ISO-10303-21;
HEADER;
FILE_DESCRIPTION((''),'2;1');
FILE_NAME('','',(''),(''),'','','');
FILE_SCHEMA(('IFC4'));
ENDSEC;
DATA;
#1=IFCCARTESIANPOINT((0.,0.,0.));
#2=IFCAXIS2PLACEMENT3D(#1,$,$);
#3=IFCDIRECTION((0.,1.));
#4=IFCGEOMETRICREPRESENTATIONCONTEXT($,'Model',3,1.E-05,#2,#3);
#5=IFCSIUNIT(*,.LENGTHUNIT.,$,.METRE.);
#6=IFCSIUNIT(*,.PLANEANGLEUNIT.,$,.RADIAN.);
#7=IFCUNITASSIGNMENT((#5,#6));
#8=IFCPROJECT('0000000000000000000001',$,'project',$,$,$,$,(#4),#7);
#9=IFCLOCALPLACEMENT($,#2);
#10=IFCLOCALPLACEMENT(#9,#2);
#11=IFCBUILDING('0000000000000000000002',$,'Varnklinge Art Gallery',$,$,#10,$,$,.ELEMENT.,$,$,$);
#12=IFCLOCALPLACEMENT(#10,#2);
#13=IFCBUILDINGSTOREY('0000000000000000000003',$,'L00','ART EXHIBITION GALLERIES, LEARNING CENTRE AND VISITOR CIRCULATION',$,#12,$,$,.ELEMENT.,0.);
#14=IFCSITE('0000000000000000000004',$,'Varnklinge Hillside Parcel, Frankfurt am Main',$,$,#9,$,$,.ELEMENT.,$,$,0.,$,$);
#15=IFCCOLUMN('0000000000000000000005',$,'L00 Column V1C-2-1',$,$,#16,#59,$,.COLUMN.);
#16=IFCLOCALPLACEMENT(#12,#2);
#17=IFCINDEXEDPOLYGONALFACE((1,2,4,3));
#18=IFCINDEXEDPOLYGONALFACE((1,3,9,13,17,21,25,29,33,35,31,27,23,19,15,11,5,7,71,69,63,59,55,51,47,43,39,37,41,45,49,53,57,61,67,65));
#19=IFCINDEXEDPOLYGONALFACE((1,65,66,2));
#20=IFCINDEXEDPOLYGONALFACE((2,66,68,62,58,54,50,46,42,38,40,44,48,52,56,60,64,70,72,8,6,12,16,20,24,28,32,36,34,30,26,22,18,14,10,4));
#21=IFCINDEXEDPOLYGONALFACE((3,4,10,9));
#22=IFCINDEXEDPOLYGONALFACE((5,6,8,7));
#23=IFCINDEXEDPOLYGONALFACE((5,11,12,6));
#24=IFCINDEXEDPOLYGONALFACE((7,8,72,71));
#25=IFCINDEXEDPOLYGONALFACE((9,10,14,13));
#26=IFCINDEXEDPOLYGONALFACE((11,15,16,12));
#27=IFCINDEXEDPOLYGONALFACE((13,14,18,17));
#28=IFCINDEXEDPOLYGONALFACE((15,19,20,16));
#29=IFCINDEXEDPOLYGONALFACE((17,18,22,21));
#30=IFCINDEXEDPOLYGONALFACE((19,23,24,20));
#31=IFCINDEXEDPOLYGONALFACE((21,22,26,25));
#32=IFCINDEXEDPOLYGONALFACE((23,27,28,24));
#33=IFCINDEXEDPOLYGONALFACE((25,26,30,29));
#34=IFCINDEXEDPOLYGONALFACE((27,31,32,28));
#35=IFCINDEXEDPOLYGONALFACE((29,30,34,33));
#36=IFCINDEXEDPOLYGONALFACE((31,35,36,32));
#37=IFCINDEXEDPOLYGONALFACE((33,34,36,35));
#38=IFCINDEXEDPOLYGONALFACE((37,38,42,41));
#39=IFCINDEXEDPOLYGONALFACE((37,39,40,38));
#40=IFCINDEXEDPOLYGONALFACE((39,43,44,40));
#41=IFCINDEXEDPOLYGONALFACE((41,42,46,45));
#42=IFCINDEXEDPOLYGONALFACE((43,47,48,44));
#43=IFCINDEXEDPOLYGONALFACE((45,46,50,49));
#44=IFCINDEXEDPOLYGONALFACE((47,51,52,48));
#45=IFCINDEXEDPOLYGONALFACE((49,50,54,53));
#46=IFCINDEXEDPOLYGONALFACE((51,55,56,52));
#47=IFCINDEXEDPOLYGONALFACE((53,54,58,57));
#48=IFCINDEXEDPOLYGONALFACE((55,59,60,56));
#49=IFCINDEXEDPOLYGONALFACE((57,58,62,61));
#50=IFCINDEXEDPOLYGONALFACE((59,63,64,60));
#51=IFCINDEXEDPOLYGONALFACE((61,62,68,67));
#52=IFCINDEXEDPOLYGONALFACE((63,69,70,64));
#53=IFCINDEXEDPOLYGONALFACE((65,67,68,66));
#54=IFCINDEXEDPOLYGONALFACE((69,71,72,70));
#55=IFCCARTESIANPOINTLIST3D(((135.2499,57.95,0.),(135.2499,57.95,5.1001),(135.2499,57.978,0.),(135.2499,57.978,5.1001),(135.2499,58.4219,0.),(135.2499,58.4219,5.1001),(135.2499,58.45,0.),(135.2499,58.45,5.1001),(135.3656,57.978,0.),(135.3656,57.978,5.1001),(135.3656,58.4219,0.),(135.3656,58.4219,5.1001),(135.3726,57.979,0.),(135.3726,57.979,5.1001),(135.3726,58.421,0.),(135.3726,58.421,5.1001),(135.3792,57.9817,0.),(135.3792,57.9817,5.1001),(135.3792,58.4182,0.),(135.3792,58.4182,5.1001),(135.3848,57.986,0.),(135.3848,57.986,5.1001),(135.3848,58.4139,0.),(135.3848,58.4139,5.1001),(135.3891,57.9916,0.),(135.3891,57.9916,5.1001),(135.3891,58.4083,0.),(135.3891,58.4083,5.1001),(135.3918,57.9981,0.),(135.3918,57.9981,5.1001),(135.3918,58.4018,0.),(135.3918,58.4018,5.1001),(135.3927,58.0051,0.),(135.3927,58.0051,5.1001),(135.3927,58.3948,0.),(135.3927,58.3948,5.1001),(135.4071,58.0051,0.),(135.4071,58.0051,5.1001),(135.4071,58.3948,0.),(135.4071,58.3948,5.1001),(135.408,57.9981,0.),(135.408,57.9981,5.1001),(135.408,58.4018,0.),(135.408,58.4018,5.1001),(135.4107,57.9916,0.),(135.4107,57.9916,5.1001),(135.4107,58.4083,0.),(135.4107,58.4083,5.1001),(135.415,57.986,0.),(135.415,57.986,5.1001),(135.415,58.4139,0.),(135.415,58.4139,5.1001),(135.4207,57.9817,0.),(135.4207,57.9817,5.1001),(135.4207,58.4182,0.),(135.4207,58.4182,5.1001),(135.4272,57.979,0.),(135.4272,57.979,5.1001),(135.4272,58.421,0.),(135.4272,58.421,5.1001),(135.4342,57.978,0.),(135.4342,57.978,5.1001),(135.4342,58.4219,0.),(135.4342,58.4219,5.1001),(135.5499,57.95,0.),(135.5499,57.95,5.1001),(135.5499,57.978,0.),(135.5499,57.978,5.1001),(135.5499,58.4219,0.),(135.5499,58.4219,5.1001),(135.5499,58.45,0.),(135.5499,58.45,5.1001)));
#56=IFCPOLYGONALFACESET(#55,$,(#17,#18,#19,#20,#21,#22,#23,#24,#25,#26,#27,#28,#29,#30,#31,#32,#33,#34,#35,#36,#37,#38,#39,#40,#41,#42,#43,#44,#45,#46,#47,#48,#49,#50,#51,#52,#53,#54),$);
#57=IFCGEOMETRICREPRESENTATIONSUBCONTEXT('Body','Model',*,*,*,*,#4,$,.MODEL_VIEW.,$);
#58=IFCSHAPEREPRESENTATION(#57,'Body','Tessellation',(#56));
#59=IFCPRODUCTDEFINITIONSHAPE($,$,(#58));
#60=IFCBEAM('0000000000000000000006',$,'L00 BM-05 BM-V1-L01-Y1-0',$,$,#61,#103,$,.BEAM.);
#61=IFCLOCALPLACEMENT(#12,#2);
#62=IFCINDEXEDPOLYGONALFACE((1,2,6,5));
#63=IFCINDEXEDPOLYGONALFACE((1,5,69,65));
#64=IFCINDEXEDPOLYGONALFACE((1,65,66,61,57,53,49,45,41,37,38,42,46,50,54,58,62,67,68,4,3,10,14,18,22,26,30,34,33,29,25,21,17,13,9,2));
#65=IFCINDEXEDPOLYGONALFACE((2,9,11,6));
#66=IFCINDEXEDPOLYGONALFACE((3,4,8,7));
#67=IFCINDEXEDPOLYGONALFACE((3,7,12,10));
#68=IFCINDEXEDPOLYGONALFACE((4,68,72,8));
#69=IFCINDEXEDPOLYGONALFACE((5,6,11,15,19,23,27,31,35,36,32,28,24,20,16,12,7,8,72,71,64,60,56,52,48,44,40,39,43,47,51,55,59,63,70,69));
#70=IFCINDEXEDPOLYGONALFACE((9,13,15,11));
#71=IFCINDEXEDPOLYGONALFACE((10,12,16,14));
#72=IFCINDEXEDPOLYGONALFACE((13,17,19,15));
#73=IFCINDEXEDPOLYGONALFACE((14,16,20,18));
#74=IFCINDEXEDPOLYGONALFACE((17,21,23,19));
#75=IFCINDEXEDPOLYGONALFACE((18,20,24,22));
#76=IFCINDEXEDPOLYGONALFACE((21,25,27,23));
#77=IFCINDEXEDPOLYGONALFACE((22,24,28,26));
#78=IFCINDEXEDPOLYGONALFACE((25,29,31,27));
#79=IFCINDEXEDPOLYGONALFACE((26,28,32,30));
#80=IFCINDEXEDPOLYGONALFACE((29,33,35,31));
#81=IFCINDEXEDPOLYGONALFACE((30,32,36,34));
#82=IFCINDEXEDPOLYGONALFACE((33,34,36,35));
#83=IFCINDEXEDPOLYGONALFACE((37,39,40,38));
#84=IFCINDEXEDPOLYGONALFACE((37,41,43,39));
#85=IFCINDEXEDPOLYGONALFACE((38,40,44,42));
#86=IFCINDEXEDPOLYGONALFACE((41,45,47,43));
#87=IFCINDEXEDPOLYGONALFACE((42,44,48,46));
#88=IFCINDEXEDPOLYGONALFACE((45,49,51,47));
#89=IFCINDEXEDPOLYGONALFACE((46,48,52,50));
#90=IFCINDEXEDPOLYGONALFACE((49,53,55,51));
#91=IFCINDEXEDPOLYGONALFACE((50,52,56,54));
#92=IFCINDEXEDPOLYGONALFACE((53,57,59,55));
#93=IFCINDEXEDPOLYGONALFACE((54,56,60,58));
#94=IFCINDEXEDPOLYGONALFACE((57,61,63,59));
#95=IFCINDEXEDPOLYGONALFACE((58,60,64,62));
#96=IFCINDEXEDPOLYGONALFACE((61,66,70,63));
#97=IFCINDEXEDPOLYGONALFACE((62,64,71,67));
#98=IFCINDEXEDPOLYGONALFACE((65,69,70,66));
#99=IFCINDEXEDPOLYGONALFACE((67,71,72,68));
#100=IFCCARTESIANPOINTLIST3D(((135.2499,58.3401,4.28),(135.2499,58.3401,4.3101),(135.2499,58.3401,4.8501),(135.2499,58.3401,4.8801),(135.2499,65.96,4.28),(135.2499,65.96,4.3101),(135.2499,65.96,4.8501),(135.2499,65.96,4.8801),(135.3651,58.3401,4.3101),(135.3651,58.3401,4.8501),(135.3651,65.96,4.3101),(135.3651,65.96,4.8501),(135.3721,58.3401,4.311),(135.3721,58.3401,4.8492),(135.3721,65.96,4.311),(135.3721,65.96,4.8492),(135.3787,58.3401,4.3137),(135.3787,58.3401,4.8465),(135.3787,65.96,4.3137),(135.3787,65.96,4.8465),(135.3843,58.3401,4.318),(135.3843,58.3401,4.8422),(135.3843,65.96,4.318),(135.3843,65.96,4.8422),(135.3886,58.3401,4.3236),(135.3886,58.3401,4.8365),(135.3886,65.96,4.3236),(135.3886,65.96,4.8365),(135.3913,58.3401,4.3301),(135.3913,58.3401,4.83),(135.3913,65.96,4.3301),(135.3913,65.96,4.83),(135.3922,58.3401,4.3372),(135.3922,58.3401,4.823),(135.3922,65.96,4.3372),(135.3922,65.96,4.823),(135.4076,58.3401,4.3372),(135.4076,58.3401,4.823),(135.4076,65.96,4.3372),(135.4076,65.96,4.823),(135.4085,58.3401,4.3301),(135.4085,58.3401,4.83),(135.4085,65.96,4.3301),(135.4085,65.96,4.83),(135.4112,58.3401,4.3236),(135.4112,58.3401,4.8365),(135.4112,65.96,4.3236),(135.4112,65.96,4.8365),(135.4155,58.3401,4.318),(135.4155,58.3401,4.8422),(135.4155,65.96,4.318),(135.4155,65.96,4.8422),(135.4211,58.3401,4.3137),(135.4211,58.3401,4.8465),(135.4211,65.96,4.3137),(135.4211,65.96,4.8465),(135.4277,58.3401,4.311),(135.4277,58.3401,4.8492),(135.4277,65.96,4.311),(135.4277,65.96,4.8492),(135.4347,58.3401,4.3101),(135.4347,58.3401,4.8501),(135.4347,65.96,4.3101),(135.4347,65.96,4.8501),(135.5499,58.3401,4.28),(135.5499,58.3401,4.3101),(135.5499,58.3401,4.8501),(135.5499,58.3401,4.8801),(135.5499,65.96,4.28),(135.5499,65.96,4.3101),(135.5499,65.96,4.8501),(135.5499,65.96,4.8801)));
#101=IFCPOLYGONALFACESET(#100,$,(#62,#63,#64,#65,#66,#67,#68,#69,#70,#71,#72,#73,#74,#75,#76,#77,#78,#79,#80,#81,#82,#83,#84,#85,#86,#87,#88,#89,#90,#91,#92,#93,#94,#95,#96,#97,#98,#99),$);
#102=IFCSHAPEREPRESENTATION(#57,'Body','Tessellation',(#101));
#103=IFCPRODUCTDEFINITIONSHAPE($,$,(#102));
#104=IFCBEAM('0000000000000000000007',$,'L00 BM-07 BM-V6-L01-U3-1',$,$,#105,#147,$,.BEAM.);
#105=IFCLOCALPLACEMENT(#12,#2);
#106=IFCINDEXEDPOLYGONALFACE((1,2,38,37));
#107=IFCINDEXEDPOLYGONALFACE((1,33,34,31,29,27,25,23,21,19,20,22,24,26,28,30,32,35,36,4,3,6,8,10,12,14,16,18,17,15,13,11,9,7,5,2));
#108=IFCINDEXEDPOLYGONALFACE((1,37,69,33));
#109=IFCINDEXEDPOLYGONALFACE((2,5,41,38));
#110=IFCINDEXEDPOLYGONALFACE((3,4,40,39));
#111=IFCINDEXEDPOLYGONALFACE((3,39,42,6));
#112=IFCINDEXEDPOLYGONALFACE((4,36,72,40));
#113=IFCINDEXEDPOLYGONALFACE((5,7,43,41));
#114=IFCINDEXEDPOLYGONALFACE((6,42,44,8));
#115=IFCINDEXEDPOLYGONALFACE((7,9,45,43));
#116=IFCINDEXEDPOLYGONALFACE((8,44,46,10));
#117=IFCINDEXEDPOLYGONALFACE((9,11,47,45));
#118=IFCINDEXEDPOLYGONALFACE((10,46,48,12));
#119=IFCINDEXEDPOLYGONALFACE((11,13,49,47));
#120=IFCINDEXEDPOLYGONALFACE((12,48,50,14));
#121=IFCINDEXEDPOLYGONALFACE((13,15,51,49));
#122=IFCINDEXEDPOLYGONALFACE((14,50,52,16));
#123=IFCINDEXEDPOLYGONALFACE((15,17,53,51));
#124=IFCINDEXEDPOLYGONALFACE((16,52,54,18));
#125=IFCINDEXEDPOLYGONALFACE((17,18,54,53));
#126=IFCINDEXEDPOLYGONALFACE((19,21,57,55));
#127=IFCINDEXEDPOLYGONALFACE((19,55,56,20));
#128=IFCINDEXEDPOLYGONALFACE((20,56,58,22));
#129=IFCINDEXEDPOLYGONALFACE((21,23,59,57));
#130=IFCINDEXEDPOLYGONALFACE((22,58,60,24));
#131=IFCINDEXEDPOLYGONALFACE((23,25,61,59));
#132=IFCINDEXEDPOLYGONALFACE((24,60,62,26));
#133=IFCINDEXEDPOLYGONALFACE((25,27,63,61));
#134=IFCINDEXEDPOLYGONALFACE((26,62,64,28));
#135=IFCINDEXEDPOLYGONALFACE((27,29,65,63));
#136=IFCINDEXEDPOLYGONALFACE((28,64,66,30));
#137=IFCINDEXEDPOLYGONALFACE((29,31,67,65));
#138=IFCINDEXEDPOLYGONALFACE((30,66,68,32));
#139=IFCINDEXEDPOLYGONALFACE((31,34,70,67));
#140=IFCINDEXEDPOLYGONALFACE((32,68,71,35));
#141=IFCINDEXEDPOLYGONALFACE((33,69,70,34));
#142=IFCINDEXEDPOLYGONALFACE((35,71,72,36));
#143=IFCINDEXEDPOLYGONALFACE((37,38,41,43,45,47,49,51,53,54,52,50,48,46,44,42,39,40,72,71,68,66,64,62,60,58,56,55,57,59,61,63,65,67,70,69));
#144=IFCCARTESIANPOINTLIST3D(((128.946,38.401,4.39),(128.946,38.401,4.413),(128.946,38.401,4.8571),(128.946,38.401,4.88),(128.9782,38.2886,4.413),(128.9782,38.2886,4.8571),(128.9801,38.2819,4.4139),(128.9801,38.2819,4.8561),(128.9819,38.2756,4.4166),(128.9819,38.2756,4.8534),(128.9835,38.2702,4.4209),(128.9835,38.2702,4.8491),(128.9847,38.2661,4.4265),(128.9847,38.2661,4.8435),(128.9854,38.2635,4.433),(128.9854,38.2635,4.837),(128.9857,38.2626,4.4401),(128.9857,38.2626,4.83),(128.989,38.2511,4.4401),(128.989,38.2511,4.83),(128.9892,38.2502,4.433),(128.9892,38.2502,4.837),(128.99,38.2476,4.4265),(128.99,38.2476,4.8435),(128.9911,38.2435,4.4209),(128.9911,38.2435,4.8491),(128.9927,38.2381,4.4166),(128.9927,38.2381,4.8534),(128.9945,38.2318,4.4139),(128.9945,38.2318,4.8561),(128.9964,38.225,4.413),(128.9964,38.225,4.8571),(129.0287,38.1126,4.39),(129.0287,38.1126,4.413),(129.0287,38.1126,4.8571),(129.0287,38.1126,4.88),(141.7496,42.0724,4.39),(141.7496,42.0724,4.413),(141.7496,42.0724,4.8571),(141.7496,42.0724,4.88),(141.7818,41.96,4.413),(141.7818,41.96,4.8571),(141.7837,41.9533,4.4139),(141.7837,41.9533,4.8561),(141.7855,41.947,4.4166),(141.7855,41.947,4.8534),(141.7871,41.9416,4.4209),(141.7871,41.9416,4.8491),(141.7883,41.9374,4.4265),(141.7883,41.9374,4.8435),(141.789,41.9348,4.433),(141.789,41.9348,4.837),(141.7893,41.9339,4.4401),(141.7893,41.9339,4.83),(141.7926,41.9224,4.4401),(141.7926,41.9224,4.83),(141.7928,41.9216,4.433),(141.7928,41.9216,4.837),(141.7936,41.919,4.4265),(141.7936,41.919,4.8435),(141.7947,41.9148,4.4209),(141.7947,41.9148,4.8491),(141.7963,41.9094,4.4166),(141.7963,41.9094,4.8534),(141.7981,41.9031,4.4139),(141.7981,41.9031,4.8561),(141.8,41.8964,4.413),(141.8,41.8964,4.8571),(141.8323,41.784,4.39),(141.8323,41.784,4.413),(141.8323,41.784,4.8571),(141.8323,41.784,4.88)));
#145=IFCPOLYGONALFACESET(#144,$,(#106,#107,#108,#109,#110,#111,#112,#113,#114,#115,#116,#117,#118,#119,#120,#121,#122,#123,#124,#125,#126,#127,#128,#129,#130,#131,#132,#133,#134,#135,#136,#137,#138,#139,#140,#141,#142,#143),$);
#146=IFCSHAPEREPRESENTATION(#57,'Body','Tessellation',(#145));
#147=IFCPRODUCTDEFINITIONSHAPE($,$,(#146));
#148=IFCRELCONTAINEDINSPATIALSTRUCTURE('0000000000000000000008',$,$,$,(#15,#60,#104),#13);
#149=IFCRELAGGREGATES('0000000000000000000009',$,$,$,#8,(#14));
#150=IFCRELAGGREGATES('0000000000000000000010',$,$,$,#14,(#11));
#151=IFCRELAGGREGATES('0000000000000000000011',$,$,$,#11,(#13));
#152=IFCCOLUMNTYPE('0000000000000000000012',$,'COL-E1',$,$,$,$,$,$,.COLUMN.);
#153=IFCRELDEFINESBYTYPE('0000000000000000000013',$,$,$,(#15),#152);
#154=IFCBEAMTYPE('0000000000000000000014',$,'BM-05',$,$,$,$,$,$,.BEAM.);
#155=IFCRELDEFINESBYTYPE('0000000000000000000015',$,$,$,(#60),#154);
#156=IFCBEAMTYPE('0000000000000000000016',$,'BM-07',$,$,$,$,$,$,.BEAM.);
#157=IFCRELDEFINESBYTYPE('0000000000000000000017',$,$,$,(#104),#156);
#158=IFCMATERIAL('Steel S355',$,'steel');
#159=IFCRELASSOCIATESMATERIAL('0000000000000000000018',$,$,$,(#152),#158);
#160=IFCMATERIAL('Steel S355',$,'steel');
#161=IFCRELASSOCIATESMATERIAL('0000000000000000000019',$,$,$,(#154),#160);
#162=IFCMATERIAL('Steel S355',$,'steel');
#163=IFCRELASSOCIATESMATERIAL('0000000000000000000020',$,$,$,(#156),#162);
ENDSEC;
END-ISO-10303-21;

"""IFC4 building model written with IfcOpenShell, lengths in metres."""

from ifc_helpers import new_model, si_unit, direction, frame, origin, origin_2d, place, context, subcontext, project, spatial, i_section, extrude, material, material_profile, profile_set, type_object, element, save


model = new_model("IFC4")

# Units and contexts
model_context = context("Model", 3, precision=1e-05, world=origin(), true_north=direction((0.0, 1.0)))
body_context = subcontext(model_context, "Body", "Model", "MODEL_VIEW")
ifc_project = project(units=[si_unit("LENGTHUNIT", "METRE"), si_unit("PLANEANGLEUNIT", "RADIAN")], contexts=[model_context])

# Site, building, storey
site_placement = place(None, origin())
site = spatial("IfcSite", under=ifc_project, at=site_placement, Name="Varnklinge Hillside Parcel, Frankfurt am Main", CompositionType="ELEMENT", RefElevation=0.0)
building_placement = place(site_placement, origin())
building = spatial("IfcBuilding", under=site, at=building_placement, Name="Varnklinge Art Gallery", CompositionType="ELEMENT")
storey_placement = place(building_placement, origin())
storey = spatial("IfcBuildingStorey", under=building, at=storey_placement, Name="L00", Description="ART EXHIBITION GALLERIES, LEARNING CENTRE AND VISITOR CIRCULATION", CompositionType="ELEMENT", Elevation=0.0)

# Column
ifc_material_1 = material(Name="Steel S355", Category="steel")
ifc_material_profile_1 = material_profile(ifc_material_1, i_section(OverallWidth=0.3, OverallDepth=0.5, WebThickness=0.0144, FlangeThickness=0.0281, FilletRadius=0.0271, at=origin_2d()), Name="HEB 500")
ifc_profile_set_1 = profile_set([ifc_material_profile_1], Name="Steel S355")
column_type = type_object("IfcColumnType", Name="COL-E1", PredefinedType="COLUMN", material=ifc_profile_set_1)
column_placement = place(storey_placement, frame((135.3999, 58.2, 0.0), z_axis=(0.0, 0.0, 1.0), x_axis=(1.0, 0.0, 0.0)))
element("IfcColumn", 1, at=column_placement, inside=storey, type_object=column_type, Name="L00 Column V1C-2-1", PredefinedType="COLUMN", context=body_context, shape_type="SweptSolid", body=[
    extrude(i_section(OverallWidth=0.3, OverallDepth=0.5, WebThickness=0.0144, FlangeThickness=0.0281, FilletRadius=0.0271, at=origin_2d()), origin(), (0.0, 0.0, 1.0), 5.1001),
])

# Beams
ifc_material_2 = material(Name="Steel S355", Category="steel")
ifc_material_profile_2 = material_profile(ifc_material_2, i_section(OverallWidth=0.3, OverallDepth=0.6001, WebThickness=0.0154, FlangeThickness=0.03, FilletRadius=0.0271, at=origin_2d()), Name="HEB 600")
ifc_profile_set_2 = profile_set([ifc_material_profile_2], Name="Steel S355")
beam_type_1 = type_object("IfcBeamType", Name="BM-05", PredefinedType="BEAM", material=ifc_profile_set_2)
beam_1_placement = place(storey_placement, frame((135.3999, 58.3401, 4.5801), z_axis=(0.0, 1.0, 0.0), x_axis=(-1.0, 0.0, 0.0)))
element("IfcBeam", 2, at=beam_1_placement, inside=storey, type_object=beam_type_1, Name="L00 BM-05 BM-V1-L01-Y1-0", PredefinedType="BEAM", context=body_context, shape_type="SweptSolid", body=[
    extrude(i_section(OverallWidth=0.3, OverallDepth=0.6001, WebThickness=0.0154, FlangeThickness=0.03, FilletRadius=0.0271, at=origin_2d()), origin(), (0.0, 0.0, 1.0), 7.6199),
])
ifc_material_3 = material(Name="Steel S355", Category="steel")
ifc_material_profile_3 = material_profile(ifc_material_3, i_section(OverallWidth=0.3, OverallDepth=0.49, WebThickness=0.012, FlangeThickness=0.0229, FilletRadius=0.0271, at=origin_2d()), Name="HEA 500")
ifc_profile_set_3 = profile_set([ifc_material_profile_3], Name="Steel S355")
beam_type_2 = type_object("IfcBeamType", Name="BM-07", PredefinedType="BEAM", material=ifc_profile_set_3)
beam_2_placement = place(storey_placement, frame((128.9873, 38.2568, 4.635), z_axis=(0.961262, 0.275636, 0.0), x_axis=(-0.275636, 0.961262, 0.0)))
element("IfcBeam", 3, at=beam_2_placement, inside=storey, type_object=beam_type_2, Name="L00 BM-07 BM-V6-L01-U3-1", PredefinedType="BEAM", context=body_context, shape_type="SweptSolid", body=[
    extrude(i_section(OverallWidth=0.3, OverallDepth=0.49, WebThickness=0.012, FlangeThickness=0.0229, FilletRadius=0.0271, at=origin_2d()), origin(), (0.0, 0.0, 1.0), 13.3196),
])

save(model, "model.ifc")
